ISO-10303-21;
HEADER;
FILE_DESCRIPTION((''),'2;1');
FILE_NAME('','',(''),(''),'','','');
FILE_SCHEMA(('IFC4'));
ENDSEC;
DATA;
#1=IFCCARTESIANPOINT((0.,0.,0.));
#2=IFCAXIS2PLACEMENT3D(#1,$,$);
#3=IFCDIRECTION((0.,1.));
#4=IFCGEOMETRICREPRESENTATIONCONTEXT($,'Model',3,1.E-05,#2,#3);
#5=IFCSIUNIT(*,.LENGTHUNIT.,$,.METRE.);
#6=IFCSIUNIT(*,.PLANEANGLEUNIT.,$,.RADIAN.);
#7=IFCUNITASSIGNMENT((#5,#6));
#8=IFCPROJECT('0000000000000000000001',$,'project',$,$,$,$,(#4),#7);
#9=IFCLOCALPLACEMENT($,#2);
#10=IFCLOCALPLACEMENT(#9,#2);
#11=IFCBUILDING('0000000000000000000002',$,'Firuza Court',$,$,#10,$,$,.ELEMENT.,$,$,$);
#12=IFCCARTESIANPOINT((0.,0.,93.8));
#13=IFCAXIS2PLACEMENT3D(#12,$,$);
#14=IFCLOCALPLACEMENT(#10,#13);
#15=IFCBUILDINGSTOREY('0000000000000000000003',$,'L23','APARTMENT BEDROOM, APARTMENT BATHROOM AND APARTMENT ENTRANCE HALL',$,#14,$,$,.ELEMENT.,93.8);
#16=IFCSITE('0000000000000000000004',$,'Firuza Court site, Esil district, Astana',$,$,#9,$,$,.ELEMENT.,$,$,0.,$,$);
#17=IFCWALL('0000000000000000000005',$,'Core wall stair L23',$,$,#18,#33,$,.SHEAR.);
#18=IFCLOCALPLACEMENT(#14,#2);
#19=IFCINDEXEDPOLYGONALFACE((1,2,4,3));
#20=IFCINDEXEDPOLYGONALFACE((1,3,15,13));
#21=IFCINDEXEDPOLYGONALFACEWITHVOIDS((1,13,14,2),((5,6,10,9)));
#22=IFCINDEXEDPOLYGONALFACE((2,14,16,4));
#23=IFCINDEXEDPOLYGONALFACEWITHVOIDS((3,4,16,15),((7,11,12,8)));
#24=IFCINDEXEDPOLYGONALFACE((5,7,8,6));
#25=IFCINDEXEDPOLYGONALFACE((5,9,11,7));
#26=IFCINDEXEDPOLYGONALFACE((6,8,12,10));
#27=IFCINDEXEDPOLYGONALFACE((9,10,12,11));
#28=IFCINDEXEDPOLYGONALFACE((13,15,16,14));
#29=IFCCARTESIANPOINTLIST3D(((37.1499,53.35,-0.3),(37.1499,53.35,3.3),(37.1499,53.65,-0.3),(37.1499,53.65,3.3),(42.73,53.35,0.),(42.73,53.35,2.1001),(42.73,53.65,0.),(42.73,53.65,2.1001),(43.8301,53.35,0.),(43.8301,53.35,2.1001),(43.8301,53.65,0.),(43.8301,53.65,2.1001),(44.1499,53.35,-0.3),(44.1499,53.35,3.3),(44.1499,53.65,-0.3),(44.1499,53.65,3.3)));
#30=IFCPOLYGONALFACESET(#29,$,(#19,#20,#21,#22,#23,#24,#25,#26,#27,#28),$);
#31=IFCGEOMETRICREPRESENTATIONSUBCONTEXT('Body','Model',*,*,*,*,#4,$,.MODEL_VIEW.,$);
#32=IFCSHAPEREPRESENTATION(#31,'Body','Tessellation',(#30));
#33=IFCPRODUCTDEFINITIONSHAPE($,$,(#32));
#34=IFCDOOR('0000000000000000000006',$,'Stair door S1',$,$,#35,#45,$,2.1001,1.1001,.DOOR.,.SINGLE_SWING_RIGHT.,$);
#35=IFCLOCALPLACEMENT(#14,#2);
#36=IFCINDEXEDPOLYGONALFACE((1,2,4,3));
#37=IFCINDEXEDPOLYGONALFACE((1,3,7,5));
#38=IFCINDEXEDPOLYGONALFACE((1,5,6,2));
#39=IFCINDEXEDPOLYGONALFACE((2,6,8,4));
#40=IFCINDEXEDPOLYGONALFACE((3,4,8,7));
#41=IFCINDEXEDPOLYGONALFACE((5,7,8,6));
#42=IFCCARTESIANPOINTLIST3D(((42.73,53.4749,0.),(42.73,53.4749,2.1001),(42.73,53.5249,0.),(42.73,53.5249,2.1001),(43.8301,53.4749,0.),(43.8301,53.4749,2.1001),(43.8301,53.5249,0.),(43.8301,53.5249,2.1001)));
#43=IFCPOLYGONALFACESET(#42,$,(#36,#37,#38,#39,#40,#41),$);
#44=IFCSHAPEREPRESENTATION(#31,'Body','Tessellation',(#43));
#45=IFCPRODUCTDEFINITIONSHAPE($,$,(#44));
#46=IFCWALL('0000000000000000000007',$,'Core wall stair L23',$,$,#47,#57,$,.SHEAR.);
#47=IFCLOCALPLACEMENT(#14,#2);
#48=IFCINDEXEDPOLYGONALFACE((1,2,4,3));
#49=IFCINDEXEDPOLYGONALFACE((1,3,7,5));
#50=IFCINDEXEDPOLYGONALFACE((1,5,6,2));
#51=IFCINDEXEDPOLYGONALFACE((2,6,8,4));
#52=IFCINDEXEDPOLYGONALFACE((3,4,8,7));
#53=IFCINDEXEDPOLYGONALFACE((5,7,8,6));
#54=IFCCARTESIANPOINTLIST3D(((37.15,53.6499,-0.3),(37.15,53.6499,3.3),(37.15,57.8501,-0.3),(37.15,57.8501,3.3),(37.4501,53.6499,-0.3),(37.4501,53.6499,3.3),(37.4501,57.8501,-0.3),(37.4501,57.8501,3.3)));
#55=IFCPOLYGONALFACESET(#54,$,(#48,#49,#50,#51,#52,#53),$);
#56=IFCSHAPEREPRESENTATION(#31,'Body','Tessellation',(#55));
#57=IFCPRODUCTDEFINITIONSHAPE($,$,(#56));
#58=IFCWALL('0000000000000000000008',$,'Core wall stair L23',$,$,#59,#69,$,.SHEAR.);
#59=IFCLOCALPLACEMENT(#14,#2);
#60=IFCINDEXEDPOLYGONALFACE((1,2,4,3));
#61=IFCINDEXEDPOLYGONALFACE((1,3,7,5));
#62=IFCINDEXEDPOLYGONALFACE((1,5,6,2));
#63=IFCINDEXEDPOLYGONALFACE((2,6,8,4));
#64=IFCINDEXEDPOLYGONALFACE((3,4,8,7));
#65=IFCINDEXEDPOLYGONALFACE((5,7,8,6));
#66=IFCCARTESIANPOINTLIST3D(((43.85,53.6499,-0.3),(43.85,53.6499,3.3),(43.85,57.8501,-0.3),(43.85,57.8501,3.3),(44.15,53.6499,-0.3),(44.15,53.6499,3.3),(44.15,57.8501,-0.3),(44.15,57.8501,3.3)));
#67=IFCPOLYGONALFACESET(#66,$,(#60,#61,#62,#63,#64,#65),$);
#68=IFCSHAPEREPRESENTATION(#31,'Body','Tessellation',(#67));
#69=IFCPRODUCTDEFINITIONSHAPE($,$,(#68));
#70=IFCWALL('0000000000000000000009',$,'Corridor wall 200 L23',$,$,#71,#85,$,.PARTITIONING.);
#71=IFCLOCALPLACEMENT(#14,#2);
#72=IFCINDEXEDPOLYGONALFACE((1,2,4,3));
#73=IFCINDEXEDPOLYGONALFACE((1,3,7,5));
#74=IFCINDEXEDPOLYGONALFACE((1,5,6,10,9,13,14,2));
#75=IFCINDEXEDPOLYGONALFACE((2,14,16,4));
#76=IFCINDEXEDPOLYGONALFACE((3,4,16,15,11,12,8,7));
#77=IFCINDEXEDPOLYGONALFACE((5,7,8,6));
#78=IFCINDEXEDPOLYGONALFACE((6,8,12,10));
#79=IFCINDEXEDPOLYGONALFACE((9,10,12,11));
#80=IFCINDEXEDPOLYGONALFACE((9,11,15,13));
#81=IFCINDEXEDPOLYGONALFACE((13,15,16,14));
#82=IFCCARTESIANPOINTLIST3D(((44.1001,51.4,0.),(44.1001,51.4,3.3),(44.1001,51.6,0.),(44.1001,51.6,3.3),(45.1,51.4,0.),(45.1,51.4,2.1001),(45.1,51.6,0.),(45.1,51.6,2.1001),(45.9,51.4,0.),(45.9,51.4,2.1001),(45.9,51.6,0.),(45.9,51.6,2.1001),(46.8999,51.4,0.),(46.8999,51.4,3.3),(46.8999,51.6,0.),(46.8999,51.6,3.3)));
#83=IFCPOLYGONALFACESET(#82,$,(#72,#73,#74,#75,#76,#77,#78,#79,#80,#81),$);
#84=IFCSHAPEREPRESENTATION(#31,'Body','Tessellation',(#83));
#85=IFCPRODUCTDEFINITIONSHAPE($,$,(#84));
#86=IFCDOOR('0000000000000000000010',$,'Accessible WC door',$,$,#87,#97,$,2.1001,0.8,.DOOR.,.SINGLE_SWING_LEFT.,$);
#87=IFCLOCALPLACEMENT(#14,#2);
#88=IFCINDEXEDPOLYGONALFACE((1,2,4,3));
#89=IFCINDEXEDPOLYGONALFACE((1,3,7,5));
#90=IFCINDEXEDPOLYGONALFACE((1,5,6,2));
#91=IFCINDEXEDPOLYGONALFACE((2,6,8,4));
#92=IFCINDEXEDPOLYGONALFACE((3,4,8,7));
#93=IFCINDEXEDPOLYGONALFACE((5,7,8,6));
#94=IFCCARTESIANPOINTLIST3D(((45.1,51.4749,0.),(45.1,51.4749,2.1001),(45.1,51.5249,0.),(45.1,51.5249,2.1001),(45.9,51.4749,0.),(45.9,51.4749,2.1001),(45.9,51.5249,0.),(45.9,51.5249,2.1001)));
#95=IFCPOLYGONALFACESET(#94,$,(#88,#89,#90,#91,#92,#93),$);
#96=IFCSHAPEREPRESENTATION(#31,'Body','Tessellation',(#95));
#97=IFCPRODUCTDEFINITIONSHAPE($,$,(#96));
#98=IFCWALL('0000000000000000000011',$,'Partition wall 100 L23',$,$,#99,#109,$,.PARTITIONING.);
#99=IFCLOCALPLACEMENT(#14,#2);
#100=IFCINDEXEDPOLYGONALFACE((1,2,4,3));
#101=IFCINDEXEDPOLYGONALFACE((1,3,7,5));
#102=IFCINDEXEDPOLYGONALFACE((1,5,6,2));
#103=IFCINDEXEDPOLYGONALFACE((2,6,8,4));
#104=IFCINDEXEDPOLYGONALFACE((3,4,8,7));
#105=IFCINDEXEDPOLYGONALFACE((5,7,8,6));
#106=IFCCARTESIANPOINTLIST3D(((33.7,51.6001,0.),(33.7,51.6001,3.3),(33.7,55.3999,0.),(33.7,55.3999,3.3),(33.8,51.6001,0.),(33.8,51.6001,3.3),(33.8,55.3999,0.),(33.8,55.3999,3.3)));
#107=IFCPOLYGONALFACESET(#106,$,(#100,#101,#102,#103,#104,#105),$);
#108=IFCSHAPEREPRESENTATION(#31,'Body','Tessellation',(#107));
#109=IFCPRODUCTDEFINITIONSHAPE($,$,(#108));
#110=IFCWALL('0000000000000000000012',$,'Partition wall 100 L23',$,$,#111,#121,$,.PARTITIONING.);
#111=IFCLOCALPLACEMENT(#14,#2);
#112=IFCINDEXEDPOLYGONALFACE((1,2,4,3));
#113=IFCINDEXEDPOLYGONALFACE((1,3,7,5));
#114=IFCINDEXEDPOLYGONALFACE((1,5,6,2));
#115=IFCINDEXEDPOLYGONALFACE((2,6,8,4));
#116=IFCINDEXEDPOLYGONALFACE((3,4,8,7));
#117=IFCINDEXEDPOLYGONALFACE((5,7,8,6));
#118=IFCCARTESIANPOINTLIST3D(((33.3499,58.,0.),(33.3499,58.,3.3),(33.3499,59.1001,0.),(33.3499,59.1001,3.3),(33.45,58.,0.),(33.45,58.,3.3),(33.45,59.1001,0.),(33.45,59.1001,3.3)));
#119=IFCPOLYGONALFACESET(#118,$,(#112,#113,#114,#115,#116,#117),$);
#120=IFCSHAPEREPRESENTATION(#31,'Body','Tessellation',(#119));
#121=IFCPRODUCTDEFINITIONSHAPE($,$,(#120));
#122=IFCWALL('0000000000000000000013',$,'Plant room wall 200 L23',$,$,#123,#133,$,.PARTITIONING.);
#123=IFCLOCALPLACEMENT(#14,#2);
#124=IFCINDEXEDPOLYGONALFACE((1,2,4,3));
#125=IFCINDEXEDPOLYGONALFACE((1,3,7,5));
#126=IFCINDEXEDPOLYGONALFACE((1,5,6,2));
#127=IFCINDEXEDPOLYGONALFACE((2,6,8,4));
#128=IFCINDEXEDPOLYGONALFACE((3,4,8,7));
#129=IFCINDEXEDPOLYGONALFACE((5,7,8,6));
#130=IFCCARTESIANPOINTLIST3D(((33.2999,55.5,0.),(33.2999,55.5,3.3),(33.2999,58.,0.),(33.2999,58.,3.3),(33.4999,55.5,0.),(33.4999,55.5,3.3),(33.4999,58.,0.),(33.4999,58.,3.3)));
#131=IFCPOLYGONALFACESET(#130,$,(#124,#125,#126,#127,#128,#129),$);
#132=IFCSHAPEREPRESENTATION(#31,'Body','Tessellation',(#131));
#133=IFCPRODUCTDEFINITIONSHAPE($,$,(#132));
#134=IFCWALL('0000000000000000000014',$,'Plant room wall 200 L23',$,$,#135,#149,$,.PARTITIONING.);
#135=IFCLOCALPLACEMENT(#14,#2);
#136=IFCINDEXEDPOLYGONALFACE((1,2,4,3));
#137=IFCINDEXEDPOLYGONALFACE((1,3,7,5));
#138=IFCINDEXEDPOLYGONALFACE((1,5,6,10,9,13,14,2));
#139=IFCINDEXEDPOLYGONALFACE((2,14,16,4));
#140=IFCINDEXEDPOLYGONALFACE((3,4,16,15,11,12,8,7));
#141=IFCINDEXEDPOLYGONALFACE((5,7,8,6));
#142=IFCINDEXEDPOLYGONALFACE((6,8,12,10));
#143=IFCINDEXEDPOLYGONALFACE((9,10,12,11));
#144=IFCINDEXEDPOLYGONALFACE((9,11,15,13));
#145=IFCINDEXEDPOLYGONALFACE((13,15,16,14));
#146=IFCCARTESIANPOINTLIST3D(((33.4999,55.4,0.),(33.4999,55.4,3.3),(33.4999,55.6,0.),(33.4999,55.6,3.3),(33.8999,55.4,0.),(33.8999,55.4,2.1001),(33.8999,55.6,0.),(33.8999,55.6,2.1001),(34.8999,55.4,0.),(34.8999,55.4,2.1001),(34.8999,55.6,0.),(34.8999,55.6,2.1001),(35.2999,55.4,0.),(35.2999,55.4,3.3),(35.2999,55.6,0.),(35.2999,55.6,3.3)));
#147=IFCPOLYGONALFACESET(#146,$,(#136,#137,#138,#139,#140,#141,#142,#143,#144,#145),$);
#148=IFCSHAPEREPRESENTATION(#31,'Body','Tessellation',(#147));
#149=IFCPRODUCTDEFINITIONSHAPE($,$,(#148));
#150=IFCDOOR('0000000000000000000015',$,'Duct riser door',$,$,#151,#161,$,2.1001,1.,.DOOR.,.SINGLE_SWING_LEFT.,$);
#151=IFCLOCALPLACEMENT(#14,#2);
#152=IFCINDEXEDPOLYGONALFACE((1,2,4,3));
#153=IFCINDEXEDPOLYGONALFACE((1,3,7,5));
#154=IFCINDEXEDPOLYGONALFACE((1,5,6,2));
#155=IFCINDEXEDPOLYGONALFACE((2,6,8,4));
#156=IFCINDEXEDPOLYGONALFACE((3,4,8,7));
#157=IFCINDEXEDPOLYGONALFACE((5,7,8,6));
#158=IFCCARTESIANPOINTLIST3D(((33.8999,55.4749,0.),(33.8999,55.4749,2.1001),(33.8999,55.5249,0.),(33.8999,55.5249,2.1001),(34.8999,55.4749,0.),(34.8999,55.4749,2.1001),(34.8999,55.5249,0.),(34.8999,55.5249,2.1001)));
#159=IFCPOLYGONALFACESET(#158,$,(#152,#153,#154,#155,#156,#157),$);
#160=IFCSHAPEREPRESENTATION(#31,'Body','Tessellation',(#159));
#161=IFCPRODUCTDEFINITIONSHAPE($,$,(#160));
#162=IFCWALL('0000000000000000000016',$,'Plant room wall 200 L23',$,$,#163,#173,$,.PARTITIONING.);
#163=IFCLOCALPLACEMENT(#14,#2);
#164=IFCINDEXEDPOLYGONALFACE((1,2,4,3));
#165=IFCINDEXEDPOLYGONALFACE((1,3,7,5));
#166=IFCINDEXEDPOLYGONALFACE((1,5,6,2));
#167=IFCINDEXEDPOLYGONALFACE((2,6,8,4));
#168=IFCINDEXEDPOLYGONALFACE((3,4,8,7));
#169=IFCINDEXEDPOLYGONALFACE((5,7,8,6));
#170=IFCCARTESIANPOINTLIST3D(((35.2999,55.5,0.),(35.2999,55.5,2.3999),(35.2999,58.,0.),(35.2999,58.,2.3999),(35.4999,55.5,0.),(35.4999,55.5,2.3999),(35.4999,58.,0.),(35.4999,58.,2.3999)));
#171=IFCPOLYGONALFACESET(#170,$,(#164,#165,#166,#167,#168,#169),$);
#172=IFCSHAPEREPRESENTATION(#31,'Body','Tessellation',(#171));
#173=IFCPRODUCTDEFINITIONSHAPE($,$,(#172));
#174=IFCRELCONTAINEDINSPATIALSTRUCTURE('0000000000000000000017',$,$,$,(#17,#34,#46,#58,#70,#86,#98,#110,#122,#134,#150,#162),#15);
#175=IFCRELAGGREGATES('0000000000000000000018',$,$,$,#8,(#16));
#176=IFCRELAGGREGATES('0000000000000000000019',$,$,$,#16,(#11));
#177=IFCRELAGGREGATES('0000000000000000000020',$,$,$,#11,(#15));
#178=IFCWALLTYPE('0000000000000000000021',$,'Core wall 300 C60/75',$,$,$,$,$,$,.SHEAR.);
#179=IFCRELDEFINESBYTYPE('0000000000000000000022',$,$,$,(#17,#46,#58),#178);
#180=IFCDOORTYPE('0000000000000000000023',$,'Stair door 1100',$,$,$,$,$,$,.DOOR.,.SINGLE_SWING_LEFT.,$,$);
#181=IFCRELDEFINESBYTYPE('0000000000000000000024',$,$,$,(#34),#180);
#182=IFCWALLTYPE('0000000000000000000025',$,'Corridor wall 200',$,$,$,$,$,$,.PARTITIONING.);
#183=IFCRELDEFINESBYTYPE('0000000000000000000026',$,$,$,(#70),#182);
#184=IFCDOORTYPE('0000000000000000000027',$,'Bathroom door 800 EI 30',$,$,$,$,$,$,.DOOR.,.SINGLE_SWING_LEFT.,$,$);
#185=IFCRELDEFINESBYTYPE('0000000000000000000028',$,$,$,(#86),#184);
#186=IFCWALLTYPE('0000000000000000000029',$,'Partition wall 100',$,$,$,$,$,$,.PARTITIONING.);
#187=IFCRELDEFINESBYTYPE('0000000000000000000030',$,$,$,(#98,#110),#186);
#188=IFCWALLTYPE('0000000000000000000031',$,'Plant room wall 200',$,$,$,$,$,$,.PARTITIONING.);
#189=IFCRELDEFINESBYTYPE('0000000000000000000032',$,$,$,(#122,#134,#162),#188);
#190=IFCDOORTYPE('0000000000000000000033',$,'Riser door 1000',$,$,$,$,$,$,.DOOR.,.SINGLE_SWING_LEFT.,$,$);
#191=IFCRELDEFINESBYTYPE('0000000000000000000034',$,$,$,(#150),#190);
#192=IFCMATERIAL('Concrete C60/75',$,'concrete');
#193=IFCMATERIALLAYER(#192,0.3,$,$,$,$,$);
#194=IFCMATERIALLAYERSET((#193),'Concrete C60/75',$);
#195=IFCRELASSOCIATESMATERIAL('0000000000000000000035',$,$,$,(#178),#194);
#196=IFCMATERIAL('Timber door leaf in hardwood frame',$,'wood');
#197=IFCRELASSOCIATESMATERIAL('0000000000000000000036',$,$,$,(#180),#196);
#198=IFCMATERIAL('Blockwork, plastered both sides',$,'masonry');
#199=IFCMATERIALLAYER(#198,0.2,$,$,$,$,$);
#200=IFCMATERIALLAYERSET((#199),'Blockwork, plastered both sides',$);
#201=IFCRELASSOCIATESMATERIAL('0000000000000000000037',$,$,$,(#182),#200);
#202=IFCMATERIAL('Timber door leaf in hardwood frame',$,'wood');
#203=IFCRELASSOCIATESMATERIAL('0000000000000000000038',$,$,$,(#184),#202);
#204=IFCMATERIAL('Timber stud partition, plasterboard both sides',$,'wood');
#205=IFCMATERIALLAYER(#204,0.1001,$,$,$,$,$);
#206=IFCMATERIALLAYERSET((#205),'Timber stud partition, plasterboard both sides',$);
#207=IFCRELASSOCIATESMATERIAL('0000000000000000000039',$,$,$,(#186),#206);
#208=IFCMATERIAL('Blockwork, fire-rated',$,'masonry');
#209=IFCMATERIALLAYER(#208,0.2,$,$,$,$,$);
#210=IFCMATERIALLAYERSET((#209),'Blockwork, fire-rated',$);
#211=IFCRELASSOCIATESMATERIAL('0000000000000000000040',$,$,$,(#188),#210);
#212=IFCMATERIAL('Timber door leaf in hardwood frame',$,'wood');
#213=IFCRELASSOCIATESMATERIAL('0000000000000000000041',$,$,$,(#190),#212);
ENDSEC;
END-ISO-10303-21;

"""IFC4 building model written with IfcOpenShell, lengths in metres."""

from ifc_helpers import new_model, si_unit, direction, frame, frame_2d, origin, place, context, subcontext, project, spatial, rectangle, extrude, material, layer, layer_set, type_object, element, fill, save


model = new_model("IFC4")

# Units and contexts
model_context = context("Model", 3, precision=1e-05, world=origin(), true_north=direction((0.0, 1.0)))
body_context = subcontext(model_context, "Body", "Model", "MODEL_VIEW")
ifc_project = project(units=[si_unit("LENGTHUNIT", "METRE"), si_unit("PLANEANGLEUNIT", "RADIAN")], contexts=[model_context])

# Site, building, storey
site_placement = place(None, origin())
site = spatial("IfcSite", under=ifc_project, at=site_placement, Name="Firuza Court site, Esil district, Astana", CompositionType="ELEMENT", RefElevation=0.0)
building_placement = place(site_placement, origin())
building = spatial("IfcBuilding", under=site, at=building_placement, Name="Firuza Court", CompositionType="ELEMENT")
storey_placement = place(building_placement, frame((0.0, 0.0, 93.8)))
storey = spatial("IfcBuildingStorey", under=building, at=storey_placement, Name="L23", Description="APARTMENT BEDROOM, APARTMENT BATHROOM AND APARTMENT ENTRANCE HALL", CompositionType="ELEMENT", Elevation=93.8)

# Shared definitions
ifc_material_1 = material(Name="Concrete C60/75", Category="concrete")
ifc_layer_1 = layer(ifc_material_1, 0.3)
ifc_layer_set_1 = layer_set([ifc_layer_1], Name="Concrete C60/75")
wall_type_1 = type_object("IfcWallType", Name="Core wall 300 C60/75", PredefinedType="SHEAR", material=ifc_layer_set_1)

# Wall, opening, door
wall_1_placement = place(storey_placement, frame((37.1499, 53.5, -0.3), z_axis=(0.0, 0.0, 1.0), x_axis=(1.0, 0.0, 0.0)))
wall_1 = element("IfcWall", 1, at=wall_1_placement, inside=storey, type_object=wall_type_1, Name="Core wall stair L23", PredefinedType="SHEAR", context=body_context, shape_type="SweptSolid", body=[
    extrude(rectangle(XDim=7.0, YDim=0.3, at=frame_2d((3.5, 0.0))), origin(), (0.0, 0.0, 1.0), 3.6001),
])
opening_1_placement = place(wall_1_placement, frame((5.5801, 0.0, 0.3)))
opening_1 = element("IfcOpeningElement", 2, at=opening_1_placement, cuts=wall_1, PredefinedType="OPENING", context=body_context, shape_type="SweptSolid", body=[
    extrude(rectangle(XDim=1.1001, YDim=2.1001, at=frame_2d((0.55, 1.05))), frame((0.0, 0.1621, 0.0), z_axis=(0.0, -1.0, 0.0), x_axis=(1.0, 0.0, 0.0)), (0.0, 0.0, 1.0), 0.324),
])
ifc_material_2 = material(Name="Timber door leaf in hardwood frame", Category="wood")
door_type_1 = type_object("IfcDoorType", Name="Stair door 1100", OperationType="SINGLE_SWING_LEFT", PredefinedType="DOOR", material=ifc_material_2)
door_1_placement = place(opening_1_placement, origin())
door_1 = element("IfcDoor", 3, at=door_1_placement, inside=storey, type_object=door_type_1, Name="Stair door S1", OperationType="SINGLE_SWING_RIGHT", OverallHeight=2.1001, OverallWidth=1.1001, PredefinedType="DOOR", context=body_context, shape_type="SweptSolid", body=[
    extrude(rectangle(XDim=1.1001, YDim=2.1001, at=frame_2d((0.55, 1.05))), frame((0.0, 0.0249, 0.0), z_axis=(0.0, -1.0, 0.0), x_axis=(1.0, 0.0, 0.0)), (0.0, 0.0, 1.0), 0.05),
])
fill(opening_1, door_1)

# Walls
for number, where, z_axis, x_axis, name in (
    (4, (37.3, 53.6499, -0.3), (0.0, 0.0, 1.0), (0.0, 1.0, 0.0), "Core wall stair L23"),
    (5, (44.0, 53.6499, -0.3), (0.0, 0.0, 1.0), (0.0, 1.0, 0.0), "Core wall stair L23"),
):
    element("IfcWall", number, at=place(storey_placement, frame(where, z_axis=z_axis, x_axis=x_axis)), inside=storey, type_object=wall_type_1, Name=name, PredefinedType="SHEAR", context=body_context, shape_type="SweptSolid", body=[
        extrude(rectangle(XDim=4.2002, YDim=0.3, at=frame_2d((2.1001, 0.0))), origin(), (0.0, 0.0, 1.0), 3.6001),
    ])

# Wall, opening, door
ifc_material_3 = material(Name="Blockwork, plastered both sides", Category="masonry")
ifc_layer_2 = layer(ifc_material_3, 0.2)
ifc_layer_set_2 = layer_set([ifc_layer_2], Name="Blockwork, plastered both sides")
wall_type_2 = type_object("IfcWallType", Name="Corridor wall 200", PredefinedType="PARTITIONING", material=ifc_layer_set_2)
wall_2_placement = place(storey_placement, frame((44.1001, 51.5, 0.0), z_axis=(0.0, 0.0, 1.0), x_axis=(1.0, 0.0, 0.0)))
wall_2 = element("IfcWall", 6, at=wall_2_placement, inside=storey, type_object=wall_type_2, Name="Corridor wall 200 L23", PredefinedType="PARTITIONING", context=body_context, shape_type="SweptSolid", body=[
    extrude(rectangle(XDim=2.7998, YDim=0.2, at=frame_2d((1.3999, 0.0))), origin(), (0.0, 0.0, 1.0), 3.3),
])
opening_2_placement = place(wall_2_placement, frame((1.0, 0.0, 0.0)))
opening_2 = element("IfcOpeningElement", 7, at=opening_2_placement, cuts=wall_2, PredefinedType="OPENING", context=body_context, shape_type="SweptSolid", body=[
    extrude(rectangle(XDim=0.8, YDim=2.1001, at=frame_2d((0.3999, 1.05))), frame((0.0, 0.1118, 0.0), z_axis=(0.0, -1.0, 0.0), x_axis=(1.0, 0.0, 0.0)), (0.0, 0.0, 1.0), 0.2239),
])
ifc_material_4 = material(Name="Timber door leaf in hardwood frame", Category="wood")
door_type_2 = type_object("IfcDoorType", Name="Bathroom door 800 EI 30", OperationType="SINGLE_SWING_LEFT", PredefinedType="DOOR", material=ifc_material_4)
door_2_placement = place(opening_2_placement, origin())
door_2 = element("IfcDoor", 8, at=door_2_placement, inside=storey, type_object=door_type_2, Name="Accessible WC door", OperationType="SINGLE_SWING_LEFT", OverallHeight=2.1001, OverallWidth=0.8, PredefinedType="DOOR", context=body_context, shape_type="SweptSolid", body=[
    extrude(rectangle(XDim=0.8, YDim=2.1001, at=frame_2d((0.3999, 1.05))), frame((0.0, 0.0249, 0.0), z_axis=(0.0, -1.0, 0.0), x_axis=(1.0, 0.0, 0.0)), (0.0, 0.0, 1.0), 0.05),
])
fill(opening_2, door_2)

# Walls
ifc_material_5 = material(Name="Timber stud partition, plasterboard both sides", Category="wood")
ifc_layer_3 = layer(ifc_material_5, 0.1001)
ifc_layer_set_3 = layer_set([ifc_layer_3], Name="Timber stud partition, plasterboard both sides")
wall_type_3 = type_object("IfcWallType", Name="Partition wall 100", PredefinedType="PARTITIONING", material=ifc_layer_set_3)
wall_3_placement = place(storey_placement, frame((33.75, 51.6001, 0.0), z_axis=(0.0, 0.0, 1.0), x_axis=(0.0, 1.0, 0.0)))
element("IfcWall", 9, at=wall_3_placement, inside=storey, type_object=wall_type_3, Name="Partition wall 100 L23", PredefinedType="PARTITIONING", context=body_context, shape_type="SweptSolid", body=[
    extrude(rectangle(XDim=3.7998, YDim=0.1001, at=frame_2d((1.8999, 0.0))), origin(), (0.0, 0.0, 1.0), 3.3),
])
wall_4_placement = place(storey_placement, frame((33.3999, 58.0, 0.0), z_axis=(0.0, 0.0, 1.0), x_axis=(0.0, 1.0, 0.0)))
element("IfcWall", 10, at=wall_4_placement, inside=storey, type_object=wall_type_3, Name="Partition wall 100 L23", PredefinedType="PARTITIONING", context=body_context, shape_type="SweptSolid", body=[
    extrude(rectangle(XDim=1.1001, YDim=0.1001, at=frame_2d((0.55, 0.0))), origin(), (0.0, 0.0, 1.0), 3.3),
])
ifc_material_6 = material(Name="Blockwork, fire-rated", Category="masonry")
ifc_layer_4 = layer(ifc_material_6, 0.2)
ifc_layer_set_4 = layer_set([ifc_layer_4], Name="Blockwork, fire-rated")
wall_type_4 = type_object("IfcWallType", Name="Plant room wall 200", PredefinedType="PARTITIONING", material=ifc_layer_set_4)
wall_5_placement = place(storey_placement, frame((33.3999, 55.5, 0.0), z_axis=(0.0, 0.0, 1.0), x_axis=(0.0, 1.0, 0.0)))
element("IfcWall", 11, at=wall_5_placement, inside=storey, type_object=wall_type_4, Name="Plant room wall 200 L23", PredefinedType="PARTITIONING", context=body_context, shape_type="SweptSolid", body=[
    extrude(rectangle(XDim=2.5, YDim=0.2, at=frame_2d((1.25, 0.0))), origin(), (0.0, 0.0, 1.0), 3.3),
])

# Wall, opening, door
wall_6_placement = place(storey_placement, frame((33.5, 55.5, 0.0), z_axis=(0.0, 0.0, 1.0), x_axis=(1.0, 0.0, 0.0)))
wall_6 = element("IfcWall", 12, at=wall_6_placement, inside=storey, type_object=wall_type_4, Name="Plant room wall 200 L23", PredefinedType="PARTITIONING", context=body_context, shape_type="SweptSolid", body=[
    extrude(rectangle(XDim=1.8, YDim=0.2, at=frame_2d((0.8999, 0.0))), origin(), (0.0, 0.0, 1.0), 3.3),
])
opening_3_placement = place(wall_6_placement, frame((0.3999, 0.0, 0.0)))
opening_3 = element("IfcOpeningElement", 13, at=opening_3_placement, cuts=wall_6, PredefinedType="OPENING", context=body_context, shape_type="SweptSolid", body=[
    extrude(rectangle(XDim=1.0, YDim=2.1001, at=frame_2d((0.5, 1.05))), frame((0.0, 0.1118, 0.0), z_axis=(0.0, -1.0, 0.0), x_axis=(1.0, 0.0, 0.0)), (0.0, 0.0, 1.0), 0.2239),
])
ifc_material_7 = material(Name="Timber door leaf in hardwood frame", Category="wood")
door_type_3 = type_object("IfcDoorType", Name="Riser door 1000", OperationType="SINGLE_SWING_LEFT", PredefinedType="DOOR", material=ifc_material_7)
door_3_placement = place(opening_3_placement, origin())
door_3 = element("IfcDoor", 14, at=door_3_placement, inside=storey, type_object=door_type_3, Name="Duct riser door", OperationType="SINGLE_SWING_LEFT", OverallHeight=2.1001, OverallWidth=1.0, PredefinedType="DOOR", context=body_context, shape_type="SweptSolid", body=[
    extrude(rectangle(XDim=1.0, YDim=2.1001, at=frame_2d((0.5, 1.05))), frame((0.0, 0.0249, 0.0), z_axis=(0.0, -1.0, 0.0), x_axis=(1.0, 0.0, 0.0)), (0.0, 0.0, 1.0), 0.05),
])
fill(opening_3, door_3)

# Wall
wall_7_placement = place(storey_placement, frame((35.3999, 55.5, 0.0), z_axis=(0.0, 0.0, 1.0), x_axis=(0.0, 1.0, 0.0)))
element("IfcWall", 15, at=wall_7_placement, inside=storey, type_object=wall_type_4, Name="Plant room wall 200 L23", PredefinedType="PARTITIONING", context=body_context, shape_type="SweptSolid", body=[
    extrude(rectangle(XDim=2.5, YDim=0.2, at=frame_2d((1.25, 0.0))), origin(), (0.0, 0.0, 1.0), 2.3999),
])

save(model, "model.ifc")
